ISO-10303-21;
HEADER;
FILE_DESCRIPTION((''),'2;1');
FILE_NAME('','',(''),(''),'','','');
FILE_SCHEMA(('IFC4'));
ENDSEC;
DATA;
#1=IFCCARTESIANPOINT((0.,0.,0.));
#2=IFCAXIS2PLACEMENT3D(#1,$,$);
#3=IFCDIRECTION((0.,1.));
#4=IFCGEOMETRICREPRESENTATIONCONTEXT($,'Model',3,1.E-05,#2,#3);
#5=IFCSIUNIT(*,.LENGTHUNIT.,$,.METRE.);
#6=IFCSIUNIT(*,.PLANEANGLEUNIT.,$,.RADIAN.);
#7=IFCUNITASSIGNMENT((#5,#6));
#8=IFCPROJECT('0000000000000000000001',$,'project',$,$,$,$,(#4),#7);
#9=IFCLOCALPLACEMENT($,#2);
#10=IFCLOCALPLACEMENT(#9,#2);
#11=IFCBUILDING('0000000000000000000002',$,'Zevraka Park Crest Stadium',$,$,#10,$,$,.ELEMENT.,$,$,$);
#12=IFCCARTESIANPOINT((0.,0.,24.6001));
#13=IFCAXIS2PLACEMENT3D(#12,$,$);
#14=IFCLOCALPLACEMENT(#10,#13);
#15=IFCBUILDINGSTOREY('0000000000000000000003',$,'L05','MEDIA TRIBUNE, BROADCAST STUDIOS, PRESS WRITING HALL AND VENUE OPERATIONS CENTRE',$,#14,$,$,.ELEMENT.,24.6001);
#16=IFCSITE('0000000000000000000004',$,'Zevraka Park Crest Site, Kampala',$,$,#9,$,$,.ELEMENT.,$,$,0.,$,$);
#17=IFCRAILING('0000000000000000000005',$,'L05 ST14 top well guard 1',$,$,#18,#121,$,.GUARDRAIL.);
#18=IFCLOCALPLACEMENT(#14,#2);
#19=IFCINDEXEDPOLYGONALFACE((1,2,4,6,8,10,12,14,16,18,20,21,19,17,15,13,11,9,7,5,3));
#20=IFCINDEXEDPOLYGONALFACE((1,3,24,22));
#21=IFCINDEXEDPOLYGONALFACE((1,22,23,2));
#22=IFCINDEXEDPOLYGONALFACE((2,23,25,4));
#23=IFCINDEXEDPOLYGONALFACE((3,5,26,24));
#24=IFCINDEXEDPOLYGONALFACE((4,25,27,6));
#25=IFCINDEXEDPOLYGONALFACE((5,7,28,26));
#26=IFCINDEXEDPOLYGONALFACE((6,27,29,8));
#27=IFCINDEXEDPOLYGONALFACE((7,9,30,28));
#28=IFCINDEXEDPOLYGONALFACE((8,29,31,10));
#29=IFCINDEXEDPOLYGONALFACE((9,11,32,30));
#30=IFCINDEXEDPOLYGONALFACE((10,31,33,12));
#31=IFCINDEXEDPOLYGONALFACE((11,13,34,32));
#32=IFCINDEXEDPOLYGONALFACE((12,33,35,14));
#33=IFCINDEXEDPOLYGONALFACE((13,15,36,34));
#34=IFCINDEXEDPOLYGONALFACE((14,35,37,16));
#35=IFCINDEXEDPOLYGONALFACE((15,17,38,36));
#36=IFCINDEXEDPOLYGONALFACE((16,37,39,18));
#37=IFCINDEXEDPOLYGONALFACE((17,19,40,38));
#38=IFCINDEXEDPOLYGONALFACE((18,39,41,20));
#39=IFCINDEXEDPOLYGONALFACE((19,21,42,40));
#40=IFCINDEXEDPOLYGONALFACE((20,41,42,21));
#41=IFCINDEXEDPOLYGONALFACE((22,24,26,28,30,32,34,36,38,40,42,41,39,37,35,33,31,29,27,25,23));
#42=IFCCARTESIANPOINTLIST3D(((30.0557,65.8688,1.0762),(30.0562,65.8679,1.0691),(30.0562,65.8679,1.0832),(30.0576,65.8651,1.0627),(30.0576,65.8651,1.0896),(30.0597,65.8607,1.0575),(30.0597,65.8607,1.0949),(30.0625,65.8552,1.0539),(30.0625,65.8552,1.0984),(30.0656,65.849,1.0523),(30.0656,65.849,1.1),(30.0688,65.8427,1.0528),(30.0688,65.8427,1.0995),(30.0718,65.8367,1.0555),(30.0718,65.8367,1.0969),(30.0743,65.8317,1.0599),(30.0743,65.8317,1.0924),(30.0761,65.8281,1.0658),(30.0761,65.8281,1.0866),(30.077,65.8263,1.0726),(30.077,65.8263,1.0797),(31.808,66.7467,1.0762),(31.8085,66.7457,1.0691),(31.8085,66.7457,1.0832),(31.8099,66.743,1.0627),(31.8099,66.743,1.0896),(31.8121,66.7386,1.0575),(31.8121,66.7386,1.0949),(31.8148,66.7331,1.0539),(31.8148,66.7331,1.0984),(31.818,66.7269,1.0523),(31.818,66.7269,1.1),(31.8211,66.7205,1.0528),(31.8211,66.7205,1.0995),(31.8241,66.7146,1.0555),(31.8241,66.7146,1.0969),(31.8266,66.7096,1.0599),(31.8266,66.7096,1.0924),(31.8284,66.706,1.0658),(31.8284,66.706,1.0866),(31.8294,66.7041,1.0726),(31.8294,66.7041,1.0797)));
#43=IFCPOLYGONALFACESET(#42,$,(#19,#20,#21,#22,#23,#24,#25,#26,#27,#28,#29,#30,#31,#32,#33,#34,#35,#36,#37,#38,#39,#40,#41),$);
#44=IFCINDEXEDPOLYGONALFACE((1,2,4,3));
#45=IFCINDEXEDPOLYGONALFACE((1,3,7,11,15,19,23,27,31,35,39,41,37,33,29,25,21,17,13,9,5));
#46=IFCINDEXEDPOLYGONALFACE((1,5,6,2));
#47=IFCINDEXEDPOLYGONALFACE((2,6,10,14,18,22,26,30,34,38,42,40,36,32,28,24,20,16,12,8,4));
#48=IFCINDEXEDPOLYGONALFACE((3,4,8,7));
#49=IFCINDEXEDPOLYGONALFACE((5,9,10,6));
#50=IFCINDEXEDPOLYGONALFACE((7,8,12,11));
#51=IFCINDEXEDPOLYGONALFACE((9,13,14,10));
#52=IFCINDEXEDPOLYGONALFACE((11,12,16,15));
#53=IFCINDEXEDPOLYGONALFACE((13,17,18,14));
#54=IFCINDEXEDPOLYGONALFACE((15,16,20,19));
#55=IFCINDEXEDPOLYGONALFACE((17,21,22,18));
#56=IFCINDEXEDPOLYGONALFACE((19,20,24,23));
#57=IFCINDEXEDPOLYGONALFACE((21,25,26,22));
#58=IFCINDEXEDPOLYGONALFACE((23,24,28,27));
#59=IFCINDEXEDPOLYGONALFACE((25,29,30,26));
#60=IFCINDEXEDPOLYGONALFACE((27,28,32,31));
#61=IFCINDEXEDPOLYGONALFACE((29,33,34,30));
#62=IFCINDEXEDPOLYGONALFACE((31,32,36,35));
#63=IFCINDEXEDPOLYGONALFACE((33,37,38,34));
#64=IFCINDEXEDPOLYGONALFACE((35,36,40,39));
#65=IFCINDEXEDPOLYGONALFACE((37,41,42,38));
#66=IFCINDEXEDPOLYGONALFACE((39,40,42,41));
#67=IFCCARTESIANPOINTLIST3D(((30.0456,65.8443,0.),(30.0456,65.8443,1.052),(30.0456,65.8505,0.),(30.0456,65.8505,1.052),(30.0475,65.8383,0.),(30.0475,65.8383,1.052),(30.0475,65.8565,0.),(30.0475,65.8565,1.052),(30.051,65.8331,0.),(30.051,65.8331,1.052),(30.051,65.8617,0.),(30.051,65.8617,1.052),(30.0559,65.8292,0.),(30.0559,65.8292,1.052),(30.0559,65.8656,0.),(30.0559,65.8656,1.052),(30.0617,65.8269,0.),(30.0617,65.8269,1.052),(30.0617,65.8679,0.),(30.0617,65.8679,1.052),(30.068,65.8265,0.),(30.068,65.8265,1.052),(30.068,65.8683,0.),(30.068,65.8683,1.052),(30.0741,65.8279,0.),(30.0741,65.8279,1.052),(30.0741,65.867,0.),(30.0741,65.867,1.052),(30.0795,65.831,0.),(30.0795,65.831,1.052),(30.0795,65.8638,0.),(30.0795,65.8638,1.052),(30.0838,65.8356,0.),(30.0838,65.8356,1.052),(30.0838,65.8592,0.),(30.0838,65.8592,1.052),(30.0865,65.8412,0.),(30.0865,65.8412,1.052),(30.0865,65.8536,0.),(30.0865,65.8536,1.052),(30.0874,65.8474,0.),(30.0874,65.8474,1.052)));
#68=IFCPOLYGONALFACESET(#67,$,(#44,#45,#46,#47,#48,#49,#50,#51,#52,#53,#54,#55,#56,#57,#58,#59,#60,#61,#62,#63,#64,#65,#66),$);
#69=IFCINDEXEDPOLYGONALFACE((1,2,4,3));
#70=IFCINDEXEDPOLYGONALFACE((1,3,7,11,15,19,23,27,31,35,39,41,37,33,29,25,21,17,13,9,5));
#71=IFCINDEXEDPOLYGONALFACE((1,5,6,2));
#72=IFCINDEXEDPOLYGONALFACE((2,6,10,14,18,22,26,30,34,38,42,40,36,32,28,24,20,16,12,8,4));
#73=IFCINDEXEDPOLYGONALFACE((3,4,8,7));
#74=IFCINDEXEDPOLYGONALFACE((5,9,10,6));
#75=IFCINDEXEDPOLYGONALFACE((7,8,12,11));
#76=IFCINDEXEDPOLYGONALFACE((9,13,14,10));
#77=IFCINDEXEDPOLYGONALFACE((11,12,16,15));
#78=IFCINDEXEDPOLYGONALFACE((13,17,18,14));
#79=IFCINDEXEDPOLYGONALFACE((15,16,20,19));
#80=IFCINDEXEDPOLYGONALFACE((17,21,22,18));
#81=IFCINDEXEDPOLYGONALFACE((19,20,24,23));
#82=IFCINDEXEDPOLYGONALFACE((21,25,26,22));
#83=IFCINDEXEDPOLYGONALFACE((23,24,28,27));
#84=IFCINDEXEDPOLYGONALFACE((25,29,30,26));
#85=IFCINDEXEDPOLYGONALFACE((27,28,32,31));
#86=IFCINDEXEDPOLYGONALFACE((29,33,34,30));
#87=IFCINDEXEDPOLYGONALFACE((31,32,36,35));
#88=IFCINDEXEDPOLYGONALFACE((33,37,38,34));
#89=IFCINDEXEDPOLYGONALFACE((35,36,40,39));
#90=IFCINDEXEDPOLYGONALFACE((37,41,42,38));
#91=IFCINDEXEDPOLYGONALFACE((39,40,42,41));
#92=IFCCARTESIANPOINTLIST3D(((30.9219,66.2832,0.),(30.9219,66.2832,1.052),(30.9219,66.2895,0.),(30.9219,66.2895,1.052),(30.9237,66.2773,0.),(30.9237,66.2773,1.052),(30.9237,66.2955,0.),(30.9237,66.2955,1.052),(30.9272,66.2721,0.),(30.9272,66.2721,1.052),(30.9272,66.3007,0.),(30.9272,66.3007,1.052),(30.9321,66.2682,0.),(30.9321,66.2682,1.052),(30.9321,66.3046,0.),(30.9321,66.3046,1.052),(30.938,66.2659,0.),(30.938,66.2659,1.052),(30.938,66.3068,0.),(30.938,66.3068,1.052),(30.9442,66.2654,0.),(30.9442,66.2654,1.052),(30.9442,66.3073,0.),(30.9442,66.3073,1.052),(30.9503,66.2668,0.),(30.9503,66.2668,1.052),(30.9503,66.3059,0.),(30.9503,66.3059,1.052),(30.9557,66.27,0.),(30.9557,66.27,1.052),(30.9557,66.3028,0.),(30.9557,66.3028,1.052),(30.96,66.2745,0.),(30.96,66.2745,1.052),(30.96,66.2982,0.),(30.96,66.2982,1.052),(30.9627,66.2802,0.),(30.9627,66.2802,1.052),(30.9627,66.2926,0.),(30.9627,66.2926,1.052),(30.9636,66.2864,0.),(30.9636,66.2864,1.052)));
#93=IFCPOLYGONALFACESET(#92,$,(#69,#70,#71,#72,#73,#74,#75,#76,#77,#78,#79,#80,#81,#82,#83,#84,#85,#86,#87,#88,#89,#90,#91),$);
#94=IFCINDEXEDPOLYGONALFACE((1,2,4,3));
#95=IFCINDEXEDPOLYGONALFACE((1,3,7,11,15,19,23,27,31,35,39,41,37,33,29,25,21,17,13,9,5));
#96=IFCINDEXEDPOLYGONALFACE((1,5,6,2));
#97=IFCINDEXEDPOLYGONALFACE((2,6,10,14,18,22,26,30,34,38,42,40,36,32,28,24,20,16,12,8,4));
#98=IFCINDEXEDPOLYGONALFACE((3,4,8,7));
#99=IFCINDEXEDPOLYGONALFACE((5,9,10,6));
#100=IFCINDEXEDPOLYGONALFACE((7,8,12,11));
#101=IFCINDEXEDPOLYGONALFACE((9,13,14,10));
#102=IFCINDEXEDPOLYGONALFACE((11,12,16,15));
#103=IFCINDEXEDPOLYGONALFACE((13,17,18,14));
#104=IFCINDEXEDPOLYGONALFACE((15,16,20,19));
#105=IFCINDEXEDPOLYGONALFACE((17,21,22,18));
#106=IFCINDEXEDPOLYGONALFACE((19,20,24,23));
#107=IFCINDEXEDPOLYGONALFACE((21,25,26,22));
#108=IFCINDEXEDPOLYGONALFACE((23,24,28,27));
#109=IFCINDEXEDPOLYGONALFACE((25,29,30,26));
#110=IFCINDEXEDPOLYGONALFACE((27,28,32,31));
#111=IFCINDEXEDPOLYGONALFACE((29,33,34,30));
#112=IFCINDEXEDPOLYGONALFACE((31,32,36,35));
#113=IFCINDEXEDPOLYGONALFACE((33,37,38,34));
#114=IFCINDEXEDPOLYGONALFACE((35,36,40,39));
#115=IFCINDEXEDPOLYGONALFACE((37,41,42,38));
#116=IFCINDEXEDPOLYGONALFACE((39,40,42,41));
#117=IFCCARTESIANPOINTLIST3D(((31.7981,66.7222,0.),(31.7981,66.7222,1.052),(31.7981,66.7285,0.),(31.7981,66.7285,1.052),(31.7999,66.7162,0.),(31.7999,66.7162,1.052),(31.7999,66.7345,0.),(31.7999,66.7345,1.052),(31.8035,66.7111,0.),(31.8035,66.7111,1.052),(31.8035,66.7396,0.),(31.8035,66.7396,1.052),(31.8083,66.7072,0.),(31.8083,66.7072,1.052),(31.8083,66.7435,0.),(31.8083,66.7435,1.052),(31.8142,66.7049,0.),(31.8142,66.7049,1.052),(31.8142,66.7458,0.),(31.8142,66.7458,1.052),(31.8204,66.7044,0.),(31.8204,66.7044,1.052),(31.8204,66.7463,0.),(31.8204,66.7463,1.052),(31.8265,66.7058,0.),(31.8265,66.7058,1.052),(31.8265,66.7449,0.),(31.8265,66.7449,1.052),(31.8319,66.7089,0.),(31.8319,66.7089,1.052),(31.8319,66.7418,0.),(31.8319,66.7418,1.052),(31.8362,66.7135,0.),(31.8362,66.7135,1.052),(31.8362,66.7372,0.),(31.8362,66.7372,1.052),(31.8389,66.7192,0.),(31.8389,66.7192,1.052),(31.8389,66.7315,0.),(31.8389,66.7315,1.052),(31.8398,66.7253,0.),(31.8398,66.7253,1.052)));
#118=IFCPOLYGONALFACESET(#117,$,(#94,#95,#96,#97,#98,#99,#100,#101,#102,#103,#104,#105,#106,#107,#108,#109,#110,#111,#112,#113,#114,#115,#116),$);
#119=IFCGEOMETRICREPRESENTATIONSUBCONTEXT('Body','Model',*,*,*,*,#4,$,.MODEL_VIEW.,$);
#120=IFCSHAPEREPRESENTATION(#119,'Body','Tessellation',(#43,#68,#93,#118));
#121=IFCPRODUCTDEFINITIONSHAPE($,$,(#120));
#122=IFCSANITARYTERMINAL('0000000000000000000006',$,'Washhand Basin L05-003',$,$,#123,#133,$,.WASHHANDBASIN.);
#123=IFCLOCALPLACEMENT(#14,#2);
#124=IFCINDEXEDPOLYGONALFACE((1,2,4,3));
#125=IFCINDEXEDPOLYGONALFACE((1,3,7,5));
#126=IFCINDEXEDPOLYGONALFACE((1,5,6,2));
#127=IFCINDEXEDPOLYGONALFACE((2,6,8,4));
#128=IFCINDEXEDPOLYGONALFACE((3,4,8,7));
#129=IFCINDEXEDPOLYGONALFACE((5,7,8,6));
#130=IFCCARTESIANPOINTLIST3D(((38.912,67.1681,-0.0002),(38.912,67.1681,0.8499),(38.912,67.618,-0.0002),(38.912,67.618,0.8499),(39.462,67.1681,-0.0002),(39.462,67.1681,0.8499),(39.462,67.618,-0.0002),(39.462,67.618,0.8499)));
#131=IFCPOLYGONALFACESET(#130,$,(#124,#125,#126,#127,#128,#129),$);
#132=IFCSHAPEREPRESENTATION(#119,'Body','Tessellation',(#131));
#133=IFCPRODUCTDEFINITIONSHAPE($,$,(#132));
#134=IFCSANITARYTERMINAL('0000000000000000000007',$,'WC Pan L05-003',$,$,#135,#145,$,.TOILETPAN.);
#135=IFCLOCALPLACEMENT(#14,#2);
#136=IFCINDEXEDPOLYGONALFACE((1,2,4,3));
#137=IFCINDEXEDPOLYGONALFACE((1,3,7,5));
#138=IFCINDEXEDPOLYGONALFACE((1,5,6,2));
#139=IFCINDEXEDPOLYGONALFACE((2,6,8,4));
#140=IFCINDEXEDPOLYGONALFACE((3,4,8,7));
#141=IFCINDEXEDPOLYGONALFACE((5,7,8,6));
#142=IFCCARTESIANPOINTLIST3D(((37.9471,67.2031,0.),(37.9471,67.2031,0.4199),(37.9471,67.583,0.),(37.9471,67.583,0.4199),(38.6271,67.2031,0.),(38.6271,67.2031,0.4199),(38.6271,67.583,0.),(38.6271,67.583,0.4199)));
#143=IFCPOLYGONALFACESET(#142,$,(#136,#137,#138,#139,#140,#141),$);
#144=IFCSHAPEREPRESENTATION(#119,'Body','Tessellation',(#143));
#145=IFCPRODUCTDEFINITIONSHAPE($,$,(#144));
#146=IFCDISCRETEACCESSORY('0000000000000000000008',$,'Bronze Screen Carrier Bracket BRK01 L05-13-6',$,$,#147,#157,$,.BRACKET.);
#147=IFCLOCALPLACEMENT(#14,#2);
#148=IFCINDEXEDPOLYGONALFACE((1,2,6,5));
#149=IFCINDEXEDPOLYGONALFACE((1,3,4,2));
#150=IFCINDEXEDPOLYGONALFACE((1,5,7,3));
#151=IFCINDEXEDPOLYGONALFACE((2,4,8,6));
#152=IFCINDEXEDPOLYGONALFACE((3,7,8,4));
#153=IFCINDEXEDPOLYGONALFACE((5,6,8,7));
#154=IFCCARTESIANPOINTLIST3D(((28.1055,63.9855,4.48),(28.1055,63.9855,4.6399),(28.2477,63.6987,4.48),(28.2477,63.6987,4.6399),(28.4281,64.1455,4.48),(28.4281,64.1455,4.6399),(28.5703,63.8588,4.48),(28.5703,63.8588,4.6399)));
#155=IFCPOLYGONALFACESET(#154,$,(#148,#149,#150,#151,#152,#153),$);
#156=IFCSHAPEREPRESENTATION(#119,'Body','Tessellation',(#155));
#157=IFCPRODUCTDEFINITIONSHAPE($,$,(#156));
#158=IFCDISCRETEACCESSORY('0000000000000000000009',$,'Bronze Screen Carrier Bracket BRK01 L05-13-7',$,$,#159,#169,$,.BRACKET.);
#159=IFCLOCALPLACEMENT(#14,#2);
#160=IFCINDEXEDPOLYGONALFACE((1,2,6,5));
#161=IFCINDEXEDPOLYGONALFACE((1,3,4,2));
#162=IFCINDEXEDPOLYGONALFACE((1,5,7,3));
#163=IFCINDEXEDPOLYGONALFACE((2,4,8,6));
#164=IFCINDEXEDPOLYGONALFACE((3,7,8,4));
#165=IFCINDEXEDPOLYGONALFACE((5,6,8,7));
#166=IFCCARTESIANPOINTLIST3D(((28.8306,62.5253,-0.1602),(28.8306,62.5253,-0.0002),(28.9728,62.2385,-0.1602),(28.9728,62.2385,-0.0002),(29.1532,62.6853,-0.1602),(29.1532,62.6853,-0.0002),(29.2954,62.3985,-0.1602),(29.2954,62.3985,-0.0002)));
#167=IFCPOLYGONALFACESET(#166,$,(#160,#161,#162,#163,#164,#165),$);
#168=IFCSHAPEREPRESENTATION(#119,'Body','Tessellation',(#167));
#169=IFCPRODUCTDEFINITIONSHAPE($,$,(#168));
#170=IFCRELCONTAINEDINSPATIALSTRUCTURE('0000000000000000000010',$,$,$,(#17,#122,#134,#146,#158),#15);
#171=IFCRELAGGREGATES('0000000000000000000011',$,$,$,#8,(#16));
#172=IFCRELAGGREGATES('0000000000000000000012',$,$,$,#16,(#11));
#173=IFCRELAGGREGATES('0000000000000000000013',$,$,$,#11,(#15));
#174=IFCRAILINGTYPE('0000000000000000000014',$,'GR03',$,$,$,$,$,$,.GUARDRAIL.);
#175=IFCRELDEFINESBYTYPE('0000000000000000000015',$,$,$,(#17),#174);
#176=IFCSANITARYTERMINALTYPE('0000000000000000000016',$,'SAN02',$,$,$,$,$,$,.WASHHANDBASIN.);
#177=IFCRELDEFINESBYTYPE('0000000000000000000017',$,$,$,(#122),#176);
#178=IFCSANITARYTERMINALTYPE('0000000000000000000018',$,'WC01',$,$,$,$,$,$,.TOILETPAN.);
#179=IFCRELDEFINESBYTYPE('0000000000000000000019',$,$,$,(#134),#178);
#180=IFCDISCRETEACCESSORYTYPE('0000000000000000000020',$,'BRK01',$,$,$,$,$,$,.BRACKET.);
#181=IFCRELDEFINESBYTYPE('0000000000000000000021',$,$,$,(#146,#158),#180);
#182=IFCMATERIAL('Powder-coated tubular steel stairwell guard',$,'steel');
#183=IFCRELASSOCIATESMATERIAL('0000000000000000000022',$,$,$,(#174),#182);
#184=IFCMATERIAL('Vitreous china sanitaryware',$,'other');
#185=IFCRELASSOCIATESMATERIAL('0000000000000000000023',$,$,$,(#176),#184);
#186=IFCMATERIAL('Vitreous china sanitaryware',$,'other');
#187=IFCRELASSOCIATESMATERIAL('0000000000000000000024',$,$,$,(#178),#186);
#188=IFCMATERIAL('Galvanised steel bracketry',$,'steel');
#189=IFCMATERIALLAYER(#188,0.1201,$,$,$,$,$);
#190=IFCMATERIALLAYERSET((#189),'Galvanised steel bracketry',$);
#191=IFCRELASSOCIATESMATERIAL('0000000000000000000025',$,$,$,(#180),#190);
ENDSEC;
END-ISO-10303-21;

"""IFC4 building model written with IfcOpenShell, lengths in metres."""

from ifc_helpers import new_model, si_unit, direction, frame, origin, origin_2d, place, context, subcontext, project, spatial, rectangle, circle, extrude, material, layer, layer_set, type_object, element, save


model = new_model("IFC4")

# Units and contexts
model_context = context("Model", 3, precision=1e-05, world=origin(), true_north=direction((0.0, 1.0)))
body_context = subcontext(model_context, "Body", "Model", "MODEL_VIEW")
ifc_project = project(units=[si_unit("LENGTHUNIT", "METRE"), si_unit("PLANEANGLEUNIT", "RADIAN")], contexts=[model_context])

# Site, building, storey
site_placement = place(None, origin())
site = spatial("IfcSite", under=ifc_project, at=site_placement, Name="Zevraka Park Crest Site, Kampala", CompositionType="ELEMENT", RefElevation=0.0)
building_placement = place(site_placement, origin())
building = spatial("IfcBuilding", under=site, at=building_placement, Name="Zevraka Park Crest Stadium", CompositionType="ELEMENT")
storey_placement = place(building_placement, frame((0.0, 0.0, 24.6001)))
storey = spatial("IfcBuildingStorey", under=building, at=storey_placement, Name="L05", Description="MEDIA TRIBUNE, BROADCAST STUDIOS, PRESS WRITING HALL AND VENUE OPERATIONS CENTRE", CompositionType="ELEMENT", Elevation=24.6001)

# Railing
ifc_material_1 = material(Name="Powder-coated tubular steel stairwell guard", Category="steel")
railing_type = type_object("IfcRailingType", Name="GR03", PredefinedType="GUARDRAIL", material=ifc_material_1)
railing_placement = place(storey_placement, frame((30.0664, 65.8474, 0.0)))
element("IfcRailing", 1, at=railing_placement, inside=storey, type_object=railing_type, Name="L05 ST14 top well guard 1", PredefinedType="GUARDRAIL", context=body_context, shape_type="SweptSolid", body=[
    extrude(circle(Radius=0.0239, at=origin_2d()), frame((0.0, 0.0, 1.0762), z_axis=(0.894078, 0.447911, 0.0), x_axis=(-0.447911, 0.894078, 0.0)), (0.0, 0.0, 1.0), 1.96),
    extrude(circle(Radius=0.021, at=origin_2d()), origin(), (0.0, 0.0, 1.0), 1.052),
    extrude(circle(Radius=0.021, at=origin_2d()), frame((0.8762, 0.439, 0.0)), (0.0, 0.0, 1.0), 1.052),
    extrude(circle(Radius=0.021, at=origin_2d()), frame((1.7524, 0.8779, 0.0)), (0.0, 0.0, 1.0), 1.052),
])

# Sanitary terminals
ifc_material_2 = material(Name="Vitreous china sanitaryware", Category="other")
sanitary_terminal_type_1 = type_object("IfcSanitaryTerminalType", Name="SAN02", PredefinedType="WASHHANDBASIN", material=ifc_material_2)
sanitary_terminal_1_placement = place(storey_placement, frame((39.187, 67.3931, -0.0002), z_axis=(0.0, 0.0, 1.0), x_axis=(1.0, 0.0, 0.0)))
element("IfcSanitaryTerminal", 2, at=sanitary_terminal_1_placement, inside=storey, type_object=sanitary_terminal_type_1, Name="Washhand Basin L05-003", PredefinedType="WASHHANDBASIN", context=body_context, shape_type="SweptSolid", body=[
    extrude(rectangle(XDim=0.55, YDim=0.45, at=origin_2d()), origin(), (0.0, 0.0, 1.0), 0.8501),
])
ifc_material_3 = material(Name="Vitreous china sanitaryware", Category="other")
sanitary_terminal_type_2 = type_object("IfcSanitaryTerminalType", Name="WC01", PredefinedType="TOILETPAN", material=ifc_material_3)
sanitary_terminal_2_placement = place(storey_placement, frame((38.2871, 67.3931, 0.0), z_axis=(0.0, 0.0, 1.0), x_axis=(1.0, 0.0, 0.0)))
element("IfcSanitaryTerminal", 3, at=sanitary_terminal_2_placement, inside=storey, type_object=sanitary_terminal_type_2, Name="WC Pan L05-003", PredefinedType="TOILETPAN", context=body_context, shape_type="SweptSolid", body=[
    extrude(rectangle(XDim=0.6799, YDim=0.3799, at=origin_2d()), origin(), (0.0, 0.0, 1.0), 0.4199),
])

# Discrete accessories
ifc_material_4 = material(Name="Galvanised steel bracketry", Category="steel")
ifc_layer_1 = layer(ifc_material_4, 0.1201)
ifc_layer_set_1 = layer_set([ifc_layer_1], Name="Galvanised steel bracketry")
discrete_accessory_type = type_object("IfcDiscreteAccessoryType", Name="BRK01", PredefinedType="BRACKET", material=ifc_layer_set_1)
for number, where, z_axis, x_axis, name in (
    (4, (28.3379, 63.9221, 4.48), (0.0, 0.0, 1.0), (0.444322, -0.895867, 0.0), "Bronze Screen Carrier Bracket BRK01 L05-13-6"),
    (5, (29.063, 62.4619, -0.1602), (0.0, 0.0, 1.0), (0.444322, -0.895867, 0.0), "Bronze Screen Carrier Bracket BRK01 L05-13-7"),
):
    element("IfcDiscreteAccessory", number, at=place(storey_placement, frame(where, z_axis=z_axis, x_axis=x_axis)), inside=storey, type_object=discrete_accessory_type, Name=name, PredefinedType="BRACKET", context=body_context, shape_type="SweptSolid", body=[
        extrude(rectangle(XDim=0.3201, YDim=0.3601, at=origin_2d()), origin(), (0.0, 0.0, 1.0), 0.1599),
    ])

save(model, "model.ifc")
